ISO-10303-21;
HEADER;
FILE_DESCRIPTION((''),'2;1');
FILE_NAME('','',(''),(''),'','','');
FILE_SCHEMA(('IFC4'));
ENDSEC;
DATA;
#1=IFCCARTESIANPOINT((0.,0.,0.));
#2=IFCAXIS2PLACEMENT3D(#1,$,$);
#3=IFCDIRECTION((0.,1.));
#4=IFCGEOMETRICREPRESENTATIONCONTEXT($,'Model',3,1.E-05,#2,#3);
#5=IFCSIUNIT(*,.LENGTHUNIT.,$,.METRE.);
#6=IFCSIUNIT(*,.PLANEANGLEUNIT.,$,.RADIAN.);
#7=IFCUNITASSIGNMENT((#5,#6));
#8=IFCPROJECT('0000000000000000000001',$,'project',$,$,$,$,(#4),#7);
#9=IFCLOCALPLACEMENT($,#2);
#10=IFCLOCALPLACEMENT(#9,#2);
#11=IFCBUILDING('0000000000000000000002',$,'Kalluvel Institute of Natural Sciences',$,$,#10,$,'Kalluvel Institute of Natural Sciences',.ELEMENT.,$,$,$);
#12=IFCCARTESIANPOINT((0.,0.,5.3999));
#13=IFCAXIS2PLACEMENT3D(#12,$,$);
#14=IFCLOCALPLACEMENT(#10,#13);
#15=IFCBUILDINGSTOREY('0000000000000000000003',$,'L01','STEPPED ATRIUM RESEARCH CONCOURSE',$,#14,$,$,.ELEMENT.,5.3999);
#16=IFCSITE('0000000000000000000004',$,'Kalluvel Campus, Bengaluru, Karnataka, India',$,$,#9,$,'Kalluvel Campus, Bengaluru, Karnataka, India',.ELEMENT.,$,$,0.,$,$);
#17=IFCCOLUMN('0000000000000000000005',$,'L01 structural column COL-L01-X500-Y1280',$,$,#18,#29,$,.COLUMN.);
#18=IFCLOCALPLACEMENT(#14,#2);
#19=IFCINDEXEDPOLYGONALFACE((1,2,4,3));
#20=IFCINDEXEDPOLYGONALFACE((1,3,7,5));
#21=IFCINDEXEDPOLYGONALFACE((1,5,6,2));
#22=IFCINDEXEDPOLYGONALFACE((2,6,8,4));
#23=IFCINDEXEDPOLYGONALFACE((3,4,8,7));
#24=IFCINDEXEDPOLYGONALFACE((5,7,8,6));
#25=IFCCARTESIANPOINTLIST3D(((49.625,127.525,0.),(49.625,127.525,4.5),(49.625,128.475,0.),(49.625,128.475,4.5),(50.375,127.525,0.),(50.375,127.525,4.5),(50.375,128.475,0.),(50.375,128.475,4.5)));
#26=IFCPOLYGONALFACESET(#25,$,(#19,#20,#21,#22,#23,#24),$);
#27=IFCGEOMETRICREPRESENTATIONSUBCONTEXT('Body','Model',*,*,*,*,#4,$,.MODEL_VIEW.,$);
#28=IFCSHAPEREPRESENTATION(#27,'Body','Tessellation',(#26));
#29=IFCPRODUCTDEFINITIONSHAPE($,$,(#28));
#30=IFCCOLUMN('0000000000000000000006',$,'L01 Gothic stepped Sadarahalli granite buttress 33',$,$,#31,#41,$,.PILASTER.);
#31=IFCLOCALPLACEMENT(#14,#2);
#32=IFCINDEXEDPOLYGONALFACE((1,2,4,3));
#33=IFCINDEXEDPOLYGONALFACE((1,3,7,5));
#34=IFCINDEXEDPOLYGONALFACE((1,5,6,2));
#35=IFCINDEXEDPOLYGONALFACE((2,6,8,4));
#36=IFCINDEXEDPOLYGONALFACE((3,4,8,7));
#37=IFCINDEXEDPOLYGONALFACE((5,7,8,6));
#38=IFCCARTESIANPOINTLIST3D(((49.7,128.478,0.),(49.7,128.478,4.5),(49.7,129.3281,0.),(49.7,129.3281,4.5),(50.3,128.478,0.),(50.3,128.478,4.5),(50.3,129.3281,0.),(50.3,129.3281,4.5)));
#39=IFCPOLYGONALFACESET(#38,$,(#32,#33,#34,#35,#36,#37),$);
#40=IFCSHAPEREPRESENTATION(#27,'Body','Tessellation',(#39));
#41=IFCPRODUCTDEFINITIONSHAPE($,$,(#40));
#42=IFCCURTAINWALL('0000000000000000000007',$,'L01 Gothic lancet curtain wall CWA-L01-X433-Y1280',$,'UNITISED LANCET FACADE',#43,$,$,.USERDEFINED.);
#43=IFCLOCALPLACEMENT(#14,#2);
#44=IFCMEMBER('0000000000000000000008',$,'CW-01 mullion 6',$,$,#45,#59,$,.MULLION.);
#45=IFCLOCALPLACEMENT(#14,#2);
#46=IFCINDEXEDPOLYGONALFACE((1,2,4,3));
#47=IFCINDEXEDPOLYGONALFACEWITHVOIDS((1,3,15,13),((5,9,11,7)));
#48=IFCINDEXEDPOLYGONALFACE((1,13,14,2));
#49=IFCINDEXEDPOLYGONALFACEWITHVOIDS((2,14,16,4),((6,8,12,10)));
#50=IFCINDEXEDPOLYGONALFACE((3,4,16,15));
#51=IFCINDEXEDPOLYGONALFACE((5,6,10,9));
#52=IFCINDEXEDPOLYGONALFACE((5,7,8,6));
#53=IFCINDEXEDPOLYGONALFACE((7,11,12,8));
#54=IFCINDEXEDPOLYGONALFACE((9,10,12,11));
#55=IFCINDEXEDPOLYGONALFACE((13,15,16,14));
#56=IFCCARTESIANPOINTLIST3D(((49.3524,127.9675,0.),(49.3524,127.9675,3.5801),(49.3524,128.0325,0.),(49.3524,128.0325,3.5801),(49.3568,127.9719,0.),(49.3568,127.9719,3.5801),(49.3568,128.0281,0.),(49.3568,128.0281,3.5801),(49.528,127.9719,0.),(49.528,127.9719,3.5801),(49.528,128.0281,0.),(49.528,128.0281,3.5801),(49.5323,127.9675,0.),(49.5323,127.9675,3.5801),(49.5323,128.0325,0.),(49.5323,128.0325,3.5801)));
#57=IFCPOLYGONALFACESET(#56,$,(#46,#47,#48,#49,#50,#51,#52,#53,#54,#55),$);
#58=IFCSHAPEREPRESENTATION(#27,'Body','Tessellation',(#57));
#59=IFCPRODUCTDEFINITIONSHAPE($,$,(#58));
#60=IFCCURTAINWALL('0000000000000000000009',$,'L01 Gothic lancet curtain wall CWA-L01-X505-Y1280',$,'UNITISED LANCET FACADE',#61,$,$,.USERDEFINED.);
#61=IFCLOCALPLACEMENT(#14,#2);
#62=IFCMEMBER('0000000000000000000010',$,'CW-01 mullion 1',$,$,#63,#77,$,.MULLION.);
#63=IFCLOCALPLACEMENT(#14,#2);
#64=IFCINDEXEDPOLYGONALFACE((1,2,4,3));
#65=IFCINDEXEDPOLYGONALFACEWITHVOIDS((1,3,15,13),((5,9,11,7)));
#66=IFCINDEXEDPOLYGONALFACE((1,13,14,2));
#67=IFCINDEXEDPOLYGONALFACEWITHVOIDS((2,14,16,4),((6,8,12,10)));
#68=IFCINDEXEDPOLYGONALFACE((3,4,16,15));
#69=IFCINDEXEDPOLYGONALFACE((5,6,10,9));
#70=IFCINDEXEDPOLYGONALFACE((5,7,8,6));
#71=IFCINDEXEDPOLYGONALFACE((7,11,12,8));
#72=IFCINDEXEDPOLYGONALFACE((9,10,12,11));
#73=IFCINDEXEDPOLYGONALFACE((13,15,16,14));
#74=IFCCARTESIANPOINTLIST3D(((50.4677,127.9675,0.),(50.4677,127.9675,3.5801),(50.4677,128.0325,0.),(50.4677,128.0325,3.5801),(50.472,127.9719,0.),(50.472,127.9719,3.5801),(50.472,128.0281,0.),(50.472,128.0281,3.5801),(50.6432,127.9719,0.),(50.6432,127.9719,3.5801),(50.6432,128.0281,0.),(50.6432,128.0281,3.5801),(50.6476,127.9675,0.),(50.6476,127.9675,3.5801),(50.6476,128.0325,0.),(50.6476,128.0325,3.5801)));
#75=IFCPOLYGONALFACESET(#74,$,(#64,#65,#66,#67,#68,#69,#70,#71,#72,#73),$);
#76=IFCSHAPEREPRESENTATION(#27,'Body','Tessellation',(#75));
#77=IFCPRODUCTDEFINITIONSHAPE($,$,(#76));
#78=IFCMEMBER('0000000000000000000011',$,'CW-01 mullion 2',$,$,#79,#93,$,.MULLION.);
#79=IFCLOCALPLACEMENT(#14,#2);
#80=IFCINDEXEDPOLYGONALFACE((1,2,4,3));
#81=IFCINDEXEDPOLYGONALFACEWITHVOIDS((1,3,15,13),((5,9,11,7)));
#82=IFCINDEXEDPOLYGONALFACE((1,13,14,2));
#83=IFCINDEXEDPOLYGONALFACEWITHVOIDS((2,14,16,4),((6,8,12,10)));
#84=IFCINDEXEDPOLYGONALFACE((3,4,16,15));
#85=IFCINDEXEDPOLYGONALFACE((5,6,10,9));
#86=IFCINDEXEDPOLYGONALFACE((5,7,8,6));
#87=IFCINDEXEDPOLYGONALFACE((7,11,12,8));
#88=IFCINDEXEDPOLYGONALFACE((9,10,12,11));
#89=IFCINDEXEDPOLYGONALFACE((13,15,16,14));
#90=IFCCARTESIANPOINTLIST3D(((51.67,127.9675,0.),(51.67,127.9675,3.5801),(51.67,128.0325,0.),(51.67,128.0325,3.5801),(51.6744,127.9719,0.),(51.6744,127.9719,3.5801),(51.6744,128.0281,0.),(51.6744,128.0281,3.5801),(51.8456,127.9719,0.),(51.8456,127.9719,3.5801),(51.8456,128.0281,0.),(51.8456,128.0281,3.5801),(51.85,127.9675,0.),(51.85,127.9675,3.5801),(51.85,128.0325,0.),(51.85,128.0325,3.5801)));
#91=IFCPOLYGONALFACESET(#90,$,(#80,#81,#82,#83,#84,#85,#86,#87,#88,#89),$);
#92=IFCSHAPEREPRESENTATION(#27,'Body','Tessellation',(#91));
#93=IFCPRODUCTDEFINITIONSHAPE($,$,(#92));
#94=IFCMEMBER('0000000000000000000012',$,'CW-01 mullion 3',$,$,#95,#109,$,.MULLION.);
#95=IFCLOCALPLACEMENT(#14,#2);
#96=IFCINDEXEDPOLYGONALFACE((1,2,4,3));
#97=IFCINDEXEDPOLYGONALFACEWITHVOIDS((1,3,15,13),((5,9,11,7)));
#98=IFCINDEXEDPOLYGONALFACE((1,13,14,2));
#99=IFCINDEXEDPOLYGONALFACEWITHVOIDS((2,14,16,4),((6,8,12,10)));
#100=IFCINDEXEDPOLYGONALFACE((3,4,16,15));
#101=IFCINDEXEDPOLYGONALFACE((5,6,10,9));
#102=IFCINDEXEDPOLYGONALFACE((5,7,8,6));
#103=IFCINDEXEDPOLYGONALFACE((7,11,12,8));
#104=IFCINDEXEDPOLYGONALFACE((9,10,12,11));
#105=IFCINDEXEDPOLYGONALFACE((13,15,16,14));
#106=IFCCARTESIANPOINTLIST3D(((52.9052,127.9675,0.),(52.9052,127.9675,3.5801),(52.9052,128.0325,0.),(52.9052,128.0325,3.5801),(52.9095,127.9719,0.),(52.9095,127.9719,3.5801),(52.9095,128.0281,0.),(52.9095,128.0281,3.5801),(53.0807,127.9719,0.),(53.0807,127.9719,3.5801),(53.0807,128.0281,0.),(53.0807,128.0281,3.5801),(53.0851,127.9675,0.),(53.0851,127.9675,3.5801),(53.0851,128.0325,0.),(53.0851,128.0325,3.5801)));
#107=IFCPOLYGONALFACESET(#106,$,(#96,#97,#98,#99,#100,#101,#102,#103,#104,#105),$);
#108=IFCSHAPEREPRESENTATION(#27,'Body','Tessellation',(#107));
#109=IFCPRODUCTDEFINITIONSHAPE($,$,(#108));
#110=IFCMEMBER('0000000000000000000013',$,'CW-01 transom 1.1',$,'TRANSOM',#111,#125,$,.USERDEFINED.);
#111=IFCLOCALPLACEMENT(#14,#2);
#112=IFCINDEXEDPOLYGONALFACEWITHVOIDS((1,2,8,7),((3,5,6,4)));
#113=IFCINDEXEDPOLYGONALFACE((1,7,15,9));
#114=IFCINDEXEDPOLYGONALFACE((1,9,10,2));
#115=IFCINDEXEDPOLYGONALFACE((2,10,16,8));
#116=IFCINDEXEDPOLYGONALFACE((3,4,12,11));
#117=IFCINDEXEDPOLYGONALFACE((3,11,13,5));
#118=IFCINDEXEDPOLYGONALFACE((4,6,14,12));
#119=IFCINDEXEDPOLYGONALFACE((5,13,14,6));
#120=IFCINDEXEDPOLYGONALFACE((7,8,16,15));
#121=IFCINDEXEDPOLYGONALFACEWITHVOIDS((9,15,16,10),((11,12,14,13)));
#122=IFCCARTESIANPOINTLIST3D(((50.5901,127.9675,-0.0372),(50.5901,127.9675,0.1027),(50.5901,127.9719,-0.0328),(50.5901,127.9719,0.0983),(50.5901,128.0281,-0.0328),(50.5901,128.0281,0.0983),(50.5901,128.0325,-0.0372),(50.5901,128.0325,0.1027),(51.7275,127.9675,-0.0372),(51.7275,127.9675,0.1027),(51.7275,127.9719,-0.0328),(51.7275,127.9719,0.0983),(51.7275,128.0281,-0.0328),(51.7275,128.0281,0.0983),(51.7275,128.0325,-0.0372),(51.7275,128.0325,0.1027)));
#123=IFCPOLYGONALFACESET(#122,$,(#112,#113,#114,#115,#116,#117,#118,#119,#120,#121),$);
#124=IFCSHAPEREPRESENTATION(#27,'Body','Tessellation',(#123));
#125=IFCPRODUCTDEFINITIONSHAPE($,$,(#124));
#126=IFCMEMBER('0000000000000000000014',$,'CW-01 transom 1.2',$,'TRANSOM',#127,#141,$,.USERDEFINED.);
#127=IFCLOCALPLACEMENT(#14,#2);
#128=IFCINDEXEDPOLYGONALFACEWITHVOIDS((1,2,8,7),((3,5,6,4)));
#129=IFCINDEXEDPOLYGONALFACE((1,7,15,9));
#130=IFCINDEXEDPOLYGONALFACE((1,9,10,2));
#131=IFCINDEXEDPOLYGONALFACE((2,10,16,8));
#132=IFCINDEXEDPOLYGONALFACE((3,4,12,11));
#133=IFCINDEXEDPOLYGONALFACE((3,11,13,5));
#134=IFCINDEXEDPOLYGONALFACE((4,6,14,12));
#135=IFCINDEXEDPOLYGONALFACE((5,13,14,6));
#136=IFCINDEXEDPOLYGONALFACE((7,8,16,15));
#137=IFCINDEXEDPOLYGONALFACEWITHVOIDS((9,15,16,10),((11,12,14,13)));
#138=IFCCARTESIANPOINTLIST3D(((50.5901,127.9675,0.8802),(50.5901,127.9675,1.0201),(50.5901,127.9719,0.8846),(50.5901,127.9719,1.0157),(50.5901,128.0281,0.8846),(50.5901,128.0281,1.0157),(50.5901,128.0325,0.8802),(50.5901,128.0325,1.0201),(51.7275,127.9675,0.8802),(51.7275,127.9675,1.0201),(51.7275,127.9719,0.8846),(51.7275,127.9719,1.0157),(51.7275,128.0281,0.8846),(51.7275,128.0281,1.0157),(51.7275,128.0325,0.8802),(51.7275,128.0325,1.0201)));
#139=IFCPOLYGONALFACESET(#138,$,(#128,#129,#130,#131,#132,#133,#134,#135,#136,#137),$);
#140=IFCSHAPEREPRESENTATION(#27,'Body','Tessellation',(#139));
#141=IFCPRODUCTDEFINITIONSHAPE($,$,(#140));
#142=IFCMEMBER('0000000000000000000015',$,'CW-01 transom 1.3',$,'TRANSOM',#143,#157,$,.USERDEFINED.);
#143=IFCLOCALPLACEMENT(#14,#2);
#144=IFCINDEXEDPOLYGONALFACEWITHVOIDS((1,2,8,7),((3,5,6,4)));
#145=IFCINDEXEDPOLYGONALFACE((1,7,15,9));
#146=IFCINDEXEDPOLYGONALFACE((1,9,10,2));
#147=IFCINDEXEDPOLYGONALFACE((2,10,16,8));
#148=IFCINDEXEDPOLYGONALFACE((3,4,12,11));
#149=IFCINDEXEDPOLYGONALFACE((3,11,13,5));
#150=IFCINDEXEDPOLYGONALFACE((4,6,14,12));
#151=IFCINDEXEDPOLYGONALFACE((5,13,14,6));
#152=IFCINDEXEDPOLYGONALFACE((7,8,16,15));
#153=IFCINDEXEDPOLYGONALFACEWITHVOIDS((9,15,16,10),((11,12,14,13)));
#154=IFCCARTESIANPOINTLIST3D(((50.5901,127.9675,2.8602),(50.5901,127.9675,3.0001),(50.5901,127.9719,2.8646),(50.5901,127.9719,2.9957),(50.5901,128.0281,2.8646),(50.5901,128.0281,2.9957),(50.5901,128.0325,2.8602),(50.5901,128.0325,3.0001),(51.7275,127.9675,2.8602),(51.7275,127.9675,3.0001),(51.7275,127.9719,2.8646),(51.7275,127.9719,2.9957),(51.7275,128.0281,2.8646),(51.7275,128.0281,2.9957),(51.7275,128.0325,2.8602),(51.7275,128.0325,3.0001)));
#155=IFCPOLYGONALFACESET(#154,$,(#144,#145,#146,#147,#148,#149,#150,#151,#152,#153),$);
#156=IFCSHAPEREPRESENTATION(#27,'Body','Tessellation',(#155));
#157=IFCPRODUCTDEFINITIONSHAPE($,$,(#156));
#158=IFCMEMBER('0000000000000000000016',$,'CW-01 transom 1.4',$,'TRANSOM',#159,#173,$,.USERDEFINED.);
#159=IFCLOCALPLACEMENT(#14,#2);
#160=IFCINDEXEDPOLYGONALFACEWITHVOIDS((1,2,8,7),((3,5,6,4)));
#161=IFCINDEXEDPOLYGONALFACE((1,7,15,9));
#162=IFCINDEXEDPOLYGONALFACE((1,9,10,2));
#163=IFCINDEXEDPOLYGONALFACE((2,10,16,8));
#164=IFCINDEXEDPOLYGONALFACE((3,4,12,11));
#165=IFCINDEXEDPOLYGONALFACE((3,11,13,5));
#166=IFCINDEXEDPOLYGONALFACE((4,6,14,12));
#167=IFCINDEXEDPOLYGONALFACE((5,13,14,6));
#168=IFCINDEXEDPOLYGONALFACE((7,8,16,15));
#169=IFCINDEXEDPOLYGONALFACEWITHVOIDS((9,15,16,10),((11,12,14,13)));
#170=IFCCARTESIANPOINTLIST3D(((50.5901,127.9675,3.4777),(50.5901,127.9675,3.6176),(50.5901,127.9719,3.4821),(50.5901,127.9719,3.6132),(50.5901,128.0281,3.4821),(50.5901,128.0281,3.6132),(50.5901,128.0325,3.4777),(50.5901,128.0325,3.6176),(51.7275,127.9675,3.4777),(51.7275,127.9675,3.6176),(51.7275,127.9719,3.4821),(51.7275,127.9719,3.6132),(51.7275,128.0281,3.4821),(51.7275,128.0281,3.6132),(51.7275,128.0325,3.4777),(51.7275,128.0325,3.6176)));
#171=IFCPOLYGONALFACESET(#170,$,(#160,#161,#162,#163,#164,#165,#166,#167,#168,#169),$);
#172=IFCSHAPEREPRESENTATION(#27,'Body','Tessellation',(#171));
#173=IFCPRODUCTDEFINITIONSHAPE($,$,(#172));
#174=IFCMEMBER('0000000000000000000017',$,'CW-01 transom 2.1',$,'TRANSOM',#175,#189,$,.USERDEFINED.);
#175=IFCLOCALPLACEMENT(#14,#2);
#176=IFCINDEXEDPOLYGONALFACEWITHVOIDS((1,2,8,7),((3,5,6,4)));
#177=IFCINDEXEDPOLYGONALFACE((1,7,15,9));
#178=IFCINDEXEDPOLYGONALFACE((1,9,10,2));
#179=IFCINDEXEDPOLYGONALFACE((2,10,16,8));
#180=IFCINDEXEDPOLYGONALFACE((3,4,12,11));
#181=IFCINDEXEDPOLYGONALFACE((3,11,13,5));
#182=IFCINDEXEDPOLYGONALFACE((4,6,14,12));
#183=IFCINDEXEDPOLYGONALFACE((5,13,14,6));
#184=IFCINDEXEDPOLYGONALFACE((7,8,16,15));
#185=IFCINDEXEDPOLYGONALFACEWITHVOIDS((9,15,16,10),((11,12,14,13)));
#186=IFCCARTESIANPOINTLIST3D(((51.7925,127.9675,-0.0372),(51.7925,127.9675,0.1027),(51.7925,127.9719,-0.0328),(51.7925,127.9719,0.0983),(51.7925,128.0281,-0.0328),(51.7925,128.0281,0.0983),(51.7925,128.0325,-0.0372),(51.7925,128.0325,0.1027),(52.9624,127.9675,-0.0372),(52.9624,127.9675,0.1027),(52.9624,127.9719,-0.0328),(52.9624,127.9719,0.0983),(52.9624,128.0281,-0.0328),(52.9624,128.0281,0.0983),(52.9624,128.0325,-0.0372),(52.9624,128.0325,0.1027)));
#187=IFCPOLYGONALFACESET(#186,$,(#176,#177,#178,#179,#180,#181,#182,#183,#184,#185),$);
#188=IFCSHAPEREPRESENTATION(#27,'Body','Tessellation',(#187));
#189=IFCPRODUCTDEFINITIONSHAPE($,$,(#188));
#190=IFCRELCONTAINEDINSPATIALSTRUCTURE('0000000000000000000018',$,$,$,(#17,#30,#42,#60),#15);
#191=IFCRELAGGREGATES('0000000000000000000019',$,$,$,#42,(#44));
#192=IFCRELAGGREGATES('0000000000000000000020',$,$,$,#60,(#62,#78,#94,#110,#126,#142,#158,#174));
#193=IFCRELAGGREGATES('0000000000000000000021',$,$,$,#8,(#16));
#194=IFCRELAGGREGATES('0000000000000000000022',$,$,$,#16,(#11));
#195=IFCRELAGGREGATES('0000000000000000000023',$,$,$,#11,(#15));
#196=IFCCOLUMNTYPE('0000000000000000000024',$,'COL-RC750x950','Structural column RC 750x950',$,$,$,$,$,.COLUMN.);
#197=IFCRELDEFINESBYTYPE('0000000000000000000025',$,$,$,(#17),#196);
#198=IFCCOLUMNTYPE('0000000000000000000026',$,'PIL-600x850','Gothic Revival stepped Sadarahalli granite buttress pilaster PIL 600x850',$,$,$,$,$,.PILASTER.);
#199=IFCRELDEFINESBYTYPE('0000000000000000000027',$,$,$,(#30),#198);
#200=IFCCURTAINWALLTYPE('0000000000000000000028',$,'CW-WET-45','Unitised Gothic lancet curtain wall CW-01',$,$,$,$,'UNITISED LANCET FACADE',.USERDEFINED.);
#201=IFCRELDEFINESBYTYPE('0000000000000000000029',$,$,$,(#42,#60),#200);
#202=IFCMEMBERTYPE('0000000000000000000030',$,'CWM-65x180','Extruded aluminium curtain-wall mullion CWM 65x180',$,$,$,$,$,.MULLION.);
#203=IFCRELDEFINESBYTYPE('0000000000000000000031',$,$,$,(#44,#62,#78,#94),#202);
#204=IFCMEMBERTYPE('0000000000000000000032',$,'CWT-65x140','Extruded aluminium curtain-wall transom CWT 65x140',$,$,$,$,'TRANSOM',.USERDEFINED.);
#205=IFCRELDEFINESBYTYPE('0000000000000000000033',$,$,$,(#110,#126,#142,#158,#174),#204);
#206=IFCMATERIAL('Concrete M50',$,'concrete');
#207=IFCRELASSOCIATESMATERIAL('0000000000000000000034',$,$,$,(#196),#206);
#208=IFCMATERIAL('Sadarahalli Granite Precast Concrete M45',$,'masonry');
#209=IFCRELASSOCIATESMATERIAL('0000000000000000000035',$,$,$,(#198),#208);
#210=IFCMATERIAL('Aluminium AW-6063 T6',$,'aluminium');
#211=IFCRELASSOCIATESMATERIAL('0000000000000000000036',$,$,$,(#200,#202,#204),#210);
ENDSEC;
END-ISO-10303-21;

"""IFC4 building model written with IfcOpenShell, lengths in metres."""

from ifc_helpers import new_model, si_unit, direction, frame, origin, origin_2d, place, context, subcontext, project, spatial, rectangle, hollow_rectangle, extrude, material, material_profile, profile_set, type_object, element, aggregate, save


model = new_model("IFC4")

# Units and contexts
model_context = context("Model", 3, precision=1e-05, world=origin(), true_north=direction((0.0, 1.0)))
body_context = subcontext(model_context, "Body", "Model", "MODEL_VIEW")
ifc_project = project(units=[si_unit("LENGTHUNIT", "METRE"), si_unit("PLANEANGLEUNIT", "RADIAN")], contexts=[model_context])

# Site, building, storey
site_placement = place(None, origin())
site = spatial("IfcSite", under=ifc_project, at=site_placement, Name="Kalluvel Campus, Bengaluru, Karnataka, India", LongName="Kalluvel Campus, Bengaluru, Karnataka, India", CompositionType="ELEMENT", RefElevation=0.0)
building_placement = place(site_placement, origin())
building = spatial("IfcBuilding", under=site, at=building_placement, Name="Kalluvel Institute of Natural Sciences", LongName="Kalluvel Institute of Natural Sciences", CompositionType="ELEMENT")
storey_placement = place(building_placement, frame((0.0, 0.0, 5.3999)))
storey = spatial("IfcBuildingStorey", under=building, at=storey_placement, Name="L01", Description="STEPPED ATRIUM RESEARCH CONCOURSE", CompositionType="ELEMENT", Elevation=5.3999)

# Columns
ifc_material_1 = material(Name="Concrete M50", Category="concrete")
ifc_material_profile_1 = material_profile(ifc_material_1, rectangle(XDim=0.75, YDim=0.95, at=origin_2d()), Name="RC 750x950")
ifc_profile_set_1 = profile_set([ifc_material_profile_1], Name="Concrete M50")
column_type_1 = type_object("IfcColumnType", Name="COL-RC750x950", Description="Structural column RC 750x950", PredefinedType="COLUMN", material=ifc_profile_set_1)
column_1_placement = place(storey_placement, frame((50.0, 128.0, 0.0), z_axis=(0.0, 0.0, 1.0), x_axis=(1.0, 0.0, 0.0)))
element("IfcColumn", 1, at=column_1_placement, inside=storey, type_object=column_type_1, Name="L01 structural column COL-L01-X500-Y1280", PredefinedType="COLUMN", context=body_context, shape_type="SweptSolid", body=[
    extrude(rectangle(XDim=0.75, YDim=0.95, at=origin_2d()), origin(), (0.0, 0.0, 1.0), 4.5),
])
ifc_material_2 = material(Name="Sadarahalli Granite Precast Concrete M45", Category="masonry")
ifc_material_profile_2 = material_profile(ifc_material_2, rectangle(XDim=0.6001, YDim=0.8501, at=origin_2d()), Name="PIL 600x850")
ifc_profile_set_2 = profile_set([ifc_material_profile_2], Name="Sadarahalli Granite Precast Concrete M45")
column_type_2 = type_object("IfcColumnType", Name="PIL-600x850", Description="Gothic Revival stepped Sadarahalli granite buttress pilaster PIL 600x850", PredefinedType="PILASTER", material=ifc_profile_set_2)
column_2_placement = place(storey_placement, frame((50.0, 128.9031, 0.0), z_axis=(0.0, 0.0, 1.0), x_axis=(1.0, 0.0, 0.0)))
element("IfcColumn", 2, at=column_2_placement, inside=storey, type_object=column_type_2, Name="L01 Gothic stepped Sadarahalli granite buttress 33", PredefinedType="PILASTER", context=body_context, shape_type="SweptSolid", body=[
    extrude(rectangle(XDim=0.6001, YDim=0.8501, at=origin_2d()), origin(), (0.0, 0.0, 1.0), 4.5),
])

# Curtain wall, member
ifc_material_3 = material(Name="Aluminium AW-6063 T6", Category="aluminium")
curtain_wall_type = type_object("IfcCurtainWallType", Name="CW-WET-45", Description="Unitised Gothic lancet curtain wall CW-01", ElementType="UNITISED LANCET FACADE", PredefinedType="USERDEFINED", material=ifc_material_3)
curtain_wall_1_placement = place(storey_placement, origin())
curtain_wall_1 = element("IfcCurtainWall", 3, at=curtain_wall_1_placement, inside=storey, type_object=curtain_wall_type, Name="L01 Gothic lancet curtain wall CWA-L01-X433-Y1280", ObjectType="UNITISED LANCET FACADE", PredefinedType="USERDEFINED")
ifc_material_profile_3 = material_profile(ifc_material_3, hollow_rectangle(XDim=0.0649, YDim=0.1799, WallThickness=0.0044, at=origin_2d()), Name="CWM 65x180")
ifc_profile_set_3 = profile_set([ifc_material_profile_3], Name="Aluminium AW-6063 T6")
member_type_1 = type_object("IfcMemberType", Name="CWM-65x180", Description="Extruded aluminium curtain-wall mullion CWM 65x180", PredefinedType="MULLION", material=ifc_profile_set_3)
member_1_placement = place(storey_placement, frame((49.4424, 128.0, 0.0), z_axis=(0.0, 0.0, 1.0), x_axis=(0.0, 1.0, 0.0)))
member_1 = element("IfcMember", 4, at=member_1_placement, type_object=member_type_1, Name="CW-01 mullion 6", PredefinedType="MULLION", context=body_context, shape_type="SweptSolid", body=[
    extrude(hollow_rectangle(XDim=0.0649, YDim=0.1799, WallThickness=0.0044, at=origin_2d()), origin(), (0.0, 0.0, 1.0), 3.5801),
])
aggregate(curtain_wall_1, [member_1])

# Curtain wall, members
curtain_wall_2_placement = place(storey_placement, origin())
curtain_wall_2 = element("IfcCurtainWall", 5, at=curtain_wall_2_placement, inside=storey, type_object=curtain_wall_type, Name="L01 Gothic lancet curtain wall CWA-L01-X505-Y1280", ObjectType="UNITISED LANCET FACADE", PredefinedType="USERDEFINED")
member_2_placement = place(storey_placement, frame((50.5576, 128.0, 0.0), z_axis=(0.0, 0.0, 1.0), x_axis=(0.0, 1.0, 0.0)))
member_2 = element("IfcMember", 6, at=member_2_placement, type_object=member_type_1, Name="CW-01 mullion 1", PredefinedType="MULLION", context=body_context, shape_type="SweptSolid", body=[
    extrude(hollow_rectangle(XDim=0.0649, YDim=0.1799, WallThickness=0.0044, at=origin_2d()), origin(), (0.0, 0.0, 1.0), 3.5801),
])
member_3_placement = place(storey_placement, frame((51.76, 128.0, 0.0), z_axis=(0.0, 0.0, 1.0), x_axis=(0.0, 1.0, 0.0)))
member_3 = element("IfcMember", 7, at=member_3_placement, type_object=member_type_1, Name="CW-01 mullion 2", PredefinedType="MULLION", context=body_context, shape_type="SweptSolid", body=[
    extrude(hollow_rectangle(XDim=0.0649, YDim=0.1799, WallThickness=0.0044, at=origin_2d()), origin(), (0.0, 0.0, 1.0), 3.5801),
])
member_4_placement = place(storey_placement, frame((52.9951, 128.0, 0.0), z_axis=(0.0, 0.0, 1.0), x_axis=(0.0, 1.0, 0.0)))
member_4 = element("IfcMember", 8, at=member_4_placement, type_object=member_type_1, Name="CW-01 mullion 3", PredefinedType="MULLION", context=body_context, shape_type="SweptSolid", body=[
    extrude(hollow_rectangle(XDim=0.0649, YDim=0.1799, WallThickness=0.0044, at=origin_2d()), origin(), (0.0, 0.0, 1.0), 3.5801),
])
ifc_material_profile_4 = material_profile(ifc_material_3, hollow_rectangle(XDim=0.0649, YDim=0.1399, WallThickness=0.0044, at=origin_2d()), Name="CWT 65x140")
ifc_profile_set_4 = profile_set([ifc_material_profile_4], Name="Aluminium AW-6063 T6")
member_type_2 = type_object("IfcMemberType", Name="CWT-65x140", Description="Extruded aluminium curtain-wall transom CWT 65x140", ElementType="TRANSOM", PredefinedType="USERDEFINED", material=ifc_profile_set_4)
member_5_placement = place(storey_placement, frame((50.5901, 128.0, 0.0327), z_axis=(1.0, 0.0, 0.0), x_axis=(0.0, 1.0, 0.0)))
member_5 = element("IfcMember", 9, at=member_5_placement, type_object=member_type_2, Name="CW-01 transom 1.1", ObjectType="TRANSOM", PredefinedType="USERDEFINED", context=body_context, shape_type="SweptSolid", body=[
    extrude(hollow_rectangle(XDim=0.0649, YDim=0.1399, WallThickness=0.0044, at=origin_2d()), origin(), (0.0, 0.0, 1.0), 1.1375),
])
member_6_placement = place(storey_placement, frame((50.5901, 128.0, 0.9502), z_axis=(1.0, 0.0, 0.0), x_axis=(0.0, 1.0, 0.0)))
member_6 = element("IfcMember", 10, at=member_6_placement, type_object=member_type_2, Name="CW-01 transom 1.2", ObjectType="TRANSOM", PredefinedType="USERDEFINED", context=body_context, shape_type="SweptSolid", body=[
    extrude(hollow_rectangle(XDim=0.0649, YDim=0.1399, WallThickness=0.0044, at=origin_2d()), origin(), (0.0, 0.0, 1.0), 1.1375),
])
member_7_placement = place(storey_placement, frame((50.5901, 128.0, 2.9302), z_axis=(1.0, 0.0, 0.0), x_axis=(0.0, 1.0, 0.0)))
member_7 = element("IfcMember", 11, at=member_7_placement, type_object=member_type_2, Name="CW-01 transom 1.3", ObjectType="TRANSOM", PredefinedType="USERDEFINED", context=body_context, shape_type="SweptSolid", body=[
    extrude(hollow_rectangle(XDim=0.0649, YDim=0.1399, WallThickness=0.0044, at=origin_2d()), origin(), (0.0, 0.0, 1.0), 1.1375),
])
member_8_placement = place(storey_placement, frame((50.5901, 128.0, 3.5476), z_axis=(1.0, 0.0, 0.0), x_axis=(0.0, 1.0, 0.0)))
member_8 = element("IfcMember", 12, at=member_8_placement, type_object=member_type_2, Name="CW-01 transom 1.4", ObjectType="TRANSOM", PredefinedType="USERDEFINED", context=body_context, shape_type="SweptSolid", body=[
    extrude(hollow_rectangle(XDim=0.0649, YDim=0.1399, WallThickness=0.0044, at=origin_2d()), origin(), (0.0, 0.0, 1.0), 1.1375),
])
member_9_placement = place(storey_placement, frame((51.7925, 128.0, 0.0327), z_axis=(1.0, 0.0, 0.0), x_axis=(0.0, 1.0, 0.0)))
member_9 = element("IfcMember", 13, at=member_9_placement, type_object=member_type_2, Name="CW-01 transom 2.1", ObjectType="TRANSOM", PredefinedType="USERDEFINED", context=body_context, shape_type="SweptSolid", body=[
    extrude(hollow_rectangle(XDim=0.0649, YDim=0.1399, WallThickness=0.0044, at=origin_2d()), origin(), (0.0, 0.0, 1.0), 1.1699),
])

aggregate(curtain_wall_2, [member_2, member_3, member_4, member_5, member_6, member_7, member_8, member_9])

save(model, "model.ifc")
